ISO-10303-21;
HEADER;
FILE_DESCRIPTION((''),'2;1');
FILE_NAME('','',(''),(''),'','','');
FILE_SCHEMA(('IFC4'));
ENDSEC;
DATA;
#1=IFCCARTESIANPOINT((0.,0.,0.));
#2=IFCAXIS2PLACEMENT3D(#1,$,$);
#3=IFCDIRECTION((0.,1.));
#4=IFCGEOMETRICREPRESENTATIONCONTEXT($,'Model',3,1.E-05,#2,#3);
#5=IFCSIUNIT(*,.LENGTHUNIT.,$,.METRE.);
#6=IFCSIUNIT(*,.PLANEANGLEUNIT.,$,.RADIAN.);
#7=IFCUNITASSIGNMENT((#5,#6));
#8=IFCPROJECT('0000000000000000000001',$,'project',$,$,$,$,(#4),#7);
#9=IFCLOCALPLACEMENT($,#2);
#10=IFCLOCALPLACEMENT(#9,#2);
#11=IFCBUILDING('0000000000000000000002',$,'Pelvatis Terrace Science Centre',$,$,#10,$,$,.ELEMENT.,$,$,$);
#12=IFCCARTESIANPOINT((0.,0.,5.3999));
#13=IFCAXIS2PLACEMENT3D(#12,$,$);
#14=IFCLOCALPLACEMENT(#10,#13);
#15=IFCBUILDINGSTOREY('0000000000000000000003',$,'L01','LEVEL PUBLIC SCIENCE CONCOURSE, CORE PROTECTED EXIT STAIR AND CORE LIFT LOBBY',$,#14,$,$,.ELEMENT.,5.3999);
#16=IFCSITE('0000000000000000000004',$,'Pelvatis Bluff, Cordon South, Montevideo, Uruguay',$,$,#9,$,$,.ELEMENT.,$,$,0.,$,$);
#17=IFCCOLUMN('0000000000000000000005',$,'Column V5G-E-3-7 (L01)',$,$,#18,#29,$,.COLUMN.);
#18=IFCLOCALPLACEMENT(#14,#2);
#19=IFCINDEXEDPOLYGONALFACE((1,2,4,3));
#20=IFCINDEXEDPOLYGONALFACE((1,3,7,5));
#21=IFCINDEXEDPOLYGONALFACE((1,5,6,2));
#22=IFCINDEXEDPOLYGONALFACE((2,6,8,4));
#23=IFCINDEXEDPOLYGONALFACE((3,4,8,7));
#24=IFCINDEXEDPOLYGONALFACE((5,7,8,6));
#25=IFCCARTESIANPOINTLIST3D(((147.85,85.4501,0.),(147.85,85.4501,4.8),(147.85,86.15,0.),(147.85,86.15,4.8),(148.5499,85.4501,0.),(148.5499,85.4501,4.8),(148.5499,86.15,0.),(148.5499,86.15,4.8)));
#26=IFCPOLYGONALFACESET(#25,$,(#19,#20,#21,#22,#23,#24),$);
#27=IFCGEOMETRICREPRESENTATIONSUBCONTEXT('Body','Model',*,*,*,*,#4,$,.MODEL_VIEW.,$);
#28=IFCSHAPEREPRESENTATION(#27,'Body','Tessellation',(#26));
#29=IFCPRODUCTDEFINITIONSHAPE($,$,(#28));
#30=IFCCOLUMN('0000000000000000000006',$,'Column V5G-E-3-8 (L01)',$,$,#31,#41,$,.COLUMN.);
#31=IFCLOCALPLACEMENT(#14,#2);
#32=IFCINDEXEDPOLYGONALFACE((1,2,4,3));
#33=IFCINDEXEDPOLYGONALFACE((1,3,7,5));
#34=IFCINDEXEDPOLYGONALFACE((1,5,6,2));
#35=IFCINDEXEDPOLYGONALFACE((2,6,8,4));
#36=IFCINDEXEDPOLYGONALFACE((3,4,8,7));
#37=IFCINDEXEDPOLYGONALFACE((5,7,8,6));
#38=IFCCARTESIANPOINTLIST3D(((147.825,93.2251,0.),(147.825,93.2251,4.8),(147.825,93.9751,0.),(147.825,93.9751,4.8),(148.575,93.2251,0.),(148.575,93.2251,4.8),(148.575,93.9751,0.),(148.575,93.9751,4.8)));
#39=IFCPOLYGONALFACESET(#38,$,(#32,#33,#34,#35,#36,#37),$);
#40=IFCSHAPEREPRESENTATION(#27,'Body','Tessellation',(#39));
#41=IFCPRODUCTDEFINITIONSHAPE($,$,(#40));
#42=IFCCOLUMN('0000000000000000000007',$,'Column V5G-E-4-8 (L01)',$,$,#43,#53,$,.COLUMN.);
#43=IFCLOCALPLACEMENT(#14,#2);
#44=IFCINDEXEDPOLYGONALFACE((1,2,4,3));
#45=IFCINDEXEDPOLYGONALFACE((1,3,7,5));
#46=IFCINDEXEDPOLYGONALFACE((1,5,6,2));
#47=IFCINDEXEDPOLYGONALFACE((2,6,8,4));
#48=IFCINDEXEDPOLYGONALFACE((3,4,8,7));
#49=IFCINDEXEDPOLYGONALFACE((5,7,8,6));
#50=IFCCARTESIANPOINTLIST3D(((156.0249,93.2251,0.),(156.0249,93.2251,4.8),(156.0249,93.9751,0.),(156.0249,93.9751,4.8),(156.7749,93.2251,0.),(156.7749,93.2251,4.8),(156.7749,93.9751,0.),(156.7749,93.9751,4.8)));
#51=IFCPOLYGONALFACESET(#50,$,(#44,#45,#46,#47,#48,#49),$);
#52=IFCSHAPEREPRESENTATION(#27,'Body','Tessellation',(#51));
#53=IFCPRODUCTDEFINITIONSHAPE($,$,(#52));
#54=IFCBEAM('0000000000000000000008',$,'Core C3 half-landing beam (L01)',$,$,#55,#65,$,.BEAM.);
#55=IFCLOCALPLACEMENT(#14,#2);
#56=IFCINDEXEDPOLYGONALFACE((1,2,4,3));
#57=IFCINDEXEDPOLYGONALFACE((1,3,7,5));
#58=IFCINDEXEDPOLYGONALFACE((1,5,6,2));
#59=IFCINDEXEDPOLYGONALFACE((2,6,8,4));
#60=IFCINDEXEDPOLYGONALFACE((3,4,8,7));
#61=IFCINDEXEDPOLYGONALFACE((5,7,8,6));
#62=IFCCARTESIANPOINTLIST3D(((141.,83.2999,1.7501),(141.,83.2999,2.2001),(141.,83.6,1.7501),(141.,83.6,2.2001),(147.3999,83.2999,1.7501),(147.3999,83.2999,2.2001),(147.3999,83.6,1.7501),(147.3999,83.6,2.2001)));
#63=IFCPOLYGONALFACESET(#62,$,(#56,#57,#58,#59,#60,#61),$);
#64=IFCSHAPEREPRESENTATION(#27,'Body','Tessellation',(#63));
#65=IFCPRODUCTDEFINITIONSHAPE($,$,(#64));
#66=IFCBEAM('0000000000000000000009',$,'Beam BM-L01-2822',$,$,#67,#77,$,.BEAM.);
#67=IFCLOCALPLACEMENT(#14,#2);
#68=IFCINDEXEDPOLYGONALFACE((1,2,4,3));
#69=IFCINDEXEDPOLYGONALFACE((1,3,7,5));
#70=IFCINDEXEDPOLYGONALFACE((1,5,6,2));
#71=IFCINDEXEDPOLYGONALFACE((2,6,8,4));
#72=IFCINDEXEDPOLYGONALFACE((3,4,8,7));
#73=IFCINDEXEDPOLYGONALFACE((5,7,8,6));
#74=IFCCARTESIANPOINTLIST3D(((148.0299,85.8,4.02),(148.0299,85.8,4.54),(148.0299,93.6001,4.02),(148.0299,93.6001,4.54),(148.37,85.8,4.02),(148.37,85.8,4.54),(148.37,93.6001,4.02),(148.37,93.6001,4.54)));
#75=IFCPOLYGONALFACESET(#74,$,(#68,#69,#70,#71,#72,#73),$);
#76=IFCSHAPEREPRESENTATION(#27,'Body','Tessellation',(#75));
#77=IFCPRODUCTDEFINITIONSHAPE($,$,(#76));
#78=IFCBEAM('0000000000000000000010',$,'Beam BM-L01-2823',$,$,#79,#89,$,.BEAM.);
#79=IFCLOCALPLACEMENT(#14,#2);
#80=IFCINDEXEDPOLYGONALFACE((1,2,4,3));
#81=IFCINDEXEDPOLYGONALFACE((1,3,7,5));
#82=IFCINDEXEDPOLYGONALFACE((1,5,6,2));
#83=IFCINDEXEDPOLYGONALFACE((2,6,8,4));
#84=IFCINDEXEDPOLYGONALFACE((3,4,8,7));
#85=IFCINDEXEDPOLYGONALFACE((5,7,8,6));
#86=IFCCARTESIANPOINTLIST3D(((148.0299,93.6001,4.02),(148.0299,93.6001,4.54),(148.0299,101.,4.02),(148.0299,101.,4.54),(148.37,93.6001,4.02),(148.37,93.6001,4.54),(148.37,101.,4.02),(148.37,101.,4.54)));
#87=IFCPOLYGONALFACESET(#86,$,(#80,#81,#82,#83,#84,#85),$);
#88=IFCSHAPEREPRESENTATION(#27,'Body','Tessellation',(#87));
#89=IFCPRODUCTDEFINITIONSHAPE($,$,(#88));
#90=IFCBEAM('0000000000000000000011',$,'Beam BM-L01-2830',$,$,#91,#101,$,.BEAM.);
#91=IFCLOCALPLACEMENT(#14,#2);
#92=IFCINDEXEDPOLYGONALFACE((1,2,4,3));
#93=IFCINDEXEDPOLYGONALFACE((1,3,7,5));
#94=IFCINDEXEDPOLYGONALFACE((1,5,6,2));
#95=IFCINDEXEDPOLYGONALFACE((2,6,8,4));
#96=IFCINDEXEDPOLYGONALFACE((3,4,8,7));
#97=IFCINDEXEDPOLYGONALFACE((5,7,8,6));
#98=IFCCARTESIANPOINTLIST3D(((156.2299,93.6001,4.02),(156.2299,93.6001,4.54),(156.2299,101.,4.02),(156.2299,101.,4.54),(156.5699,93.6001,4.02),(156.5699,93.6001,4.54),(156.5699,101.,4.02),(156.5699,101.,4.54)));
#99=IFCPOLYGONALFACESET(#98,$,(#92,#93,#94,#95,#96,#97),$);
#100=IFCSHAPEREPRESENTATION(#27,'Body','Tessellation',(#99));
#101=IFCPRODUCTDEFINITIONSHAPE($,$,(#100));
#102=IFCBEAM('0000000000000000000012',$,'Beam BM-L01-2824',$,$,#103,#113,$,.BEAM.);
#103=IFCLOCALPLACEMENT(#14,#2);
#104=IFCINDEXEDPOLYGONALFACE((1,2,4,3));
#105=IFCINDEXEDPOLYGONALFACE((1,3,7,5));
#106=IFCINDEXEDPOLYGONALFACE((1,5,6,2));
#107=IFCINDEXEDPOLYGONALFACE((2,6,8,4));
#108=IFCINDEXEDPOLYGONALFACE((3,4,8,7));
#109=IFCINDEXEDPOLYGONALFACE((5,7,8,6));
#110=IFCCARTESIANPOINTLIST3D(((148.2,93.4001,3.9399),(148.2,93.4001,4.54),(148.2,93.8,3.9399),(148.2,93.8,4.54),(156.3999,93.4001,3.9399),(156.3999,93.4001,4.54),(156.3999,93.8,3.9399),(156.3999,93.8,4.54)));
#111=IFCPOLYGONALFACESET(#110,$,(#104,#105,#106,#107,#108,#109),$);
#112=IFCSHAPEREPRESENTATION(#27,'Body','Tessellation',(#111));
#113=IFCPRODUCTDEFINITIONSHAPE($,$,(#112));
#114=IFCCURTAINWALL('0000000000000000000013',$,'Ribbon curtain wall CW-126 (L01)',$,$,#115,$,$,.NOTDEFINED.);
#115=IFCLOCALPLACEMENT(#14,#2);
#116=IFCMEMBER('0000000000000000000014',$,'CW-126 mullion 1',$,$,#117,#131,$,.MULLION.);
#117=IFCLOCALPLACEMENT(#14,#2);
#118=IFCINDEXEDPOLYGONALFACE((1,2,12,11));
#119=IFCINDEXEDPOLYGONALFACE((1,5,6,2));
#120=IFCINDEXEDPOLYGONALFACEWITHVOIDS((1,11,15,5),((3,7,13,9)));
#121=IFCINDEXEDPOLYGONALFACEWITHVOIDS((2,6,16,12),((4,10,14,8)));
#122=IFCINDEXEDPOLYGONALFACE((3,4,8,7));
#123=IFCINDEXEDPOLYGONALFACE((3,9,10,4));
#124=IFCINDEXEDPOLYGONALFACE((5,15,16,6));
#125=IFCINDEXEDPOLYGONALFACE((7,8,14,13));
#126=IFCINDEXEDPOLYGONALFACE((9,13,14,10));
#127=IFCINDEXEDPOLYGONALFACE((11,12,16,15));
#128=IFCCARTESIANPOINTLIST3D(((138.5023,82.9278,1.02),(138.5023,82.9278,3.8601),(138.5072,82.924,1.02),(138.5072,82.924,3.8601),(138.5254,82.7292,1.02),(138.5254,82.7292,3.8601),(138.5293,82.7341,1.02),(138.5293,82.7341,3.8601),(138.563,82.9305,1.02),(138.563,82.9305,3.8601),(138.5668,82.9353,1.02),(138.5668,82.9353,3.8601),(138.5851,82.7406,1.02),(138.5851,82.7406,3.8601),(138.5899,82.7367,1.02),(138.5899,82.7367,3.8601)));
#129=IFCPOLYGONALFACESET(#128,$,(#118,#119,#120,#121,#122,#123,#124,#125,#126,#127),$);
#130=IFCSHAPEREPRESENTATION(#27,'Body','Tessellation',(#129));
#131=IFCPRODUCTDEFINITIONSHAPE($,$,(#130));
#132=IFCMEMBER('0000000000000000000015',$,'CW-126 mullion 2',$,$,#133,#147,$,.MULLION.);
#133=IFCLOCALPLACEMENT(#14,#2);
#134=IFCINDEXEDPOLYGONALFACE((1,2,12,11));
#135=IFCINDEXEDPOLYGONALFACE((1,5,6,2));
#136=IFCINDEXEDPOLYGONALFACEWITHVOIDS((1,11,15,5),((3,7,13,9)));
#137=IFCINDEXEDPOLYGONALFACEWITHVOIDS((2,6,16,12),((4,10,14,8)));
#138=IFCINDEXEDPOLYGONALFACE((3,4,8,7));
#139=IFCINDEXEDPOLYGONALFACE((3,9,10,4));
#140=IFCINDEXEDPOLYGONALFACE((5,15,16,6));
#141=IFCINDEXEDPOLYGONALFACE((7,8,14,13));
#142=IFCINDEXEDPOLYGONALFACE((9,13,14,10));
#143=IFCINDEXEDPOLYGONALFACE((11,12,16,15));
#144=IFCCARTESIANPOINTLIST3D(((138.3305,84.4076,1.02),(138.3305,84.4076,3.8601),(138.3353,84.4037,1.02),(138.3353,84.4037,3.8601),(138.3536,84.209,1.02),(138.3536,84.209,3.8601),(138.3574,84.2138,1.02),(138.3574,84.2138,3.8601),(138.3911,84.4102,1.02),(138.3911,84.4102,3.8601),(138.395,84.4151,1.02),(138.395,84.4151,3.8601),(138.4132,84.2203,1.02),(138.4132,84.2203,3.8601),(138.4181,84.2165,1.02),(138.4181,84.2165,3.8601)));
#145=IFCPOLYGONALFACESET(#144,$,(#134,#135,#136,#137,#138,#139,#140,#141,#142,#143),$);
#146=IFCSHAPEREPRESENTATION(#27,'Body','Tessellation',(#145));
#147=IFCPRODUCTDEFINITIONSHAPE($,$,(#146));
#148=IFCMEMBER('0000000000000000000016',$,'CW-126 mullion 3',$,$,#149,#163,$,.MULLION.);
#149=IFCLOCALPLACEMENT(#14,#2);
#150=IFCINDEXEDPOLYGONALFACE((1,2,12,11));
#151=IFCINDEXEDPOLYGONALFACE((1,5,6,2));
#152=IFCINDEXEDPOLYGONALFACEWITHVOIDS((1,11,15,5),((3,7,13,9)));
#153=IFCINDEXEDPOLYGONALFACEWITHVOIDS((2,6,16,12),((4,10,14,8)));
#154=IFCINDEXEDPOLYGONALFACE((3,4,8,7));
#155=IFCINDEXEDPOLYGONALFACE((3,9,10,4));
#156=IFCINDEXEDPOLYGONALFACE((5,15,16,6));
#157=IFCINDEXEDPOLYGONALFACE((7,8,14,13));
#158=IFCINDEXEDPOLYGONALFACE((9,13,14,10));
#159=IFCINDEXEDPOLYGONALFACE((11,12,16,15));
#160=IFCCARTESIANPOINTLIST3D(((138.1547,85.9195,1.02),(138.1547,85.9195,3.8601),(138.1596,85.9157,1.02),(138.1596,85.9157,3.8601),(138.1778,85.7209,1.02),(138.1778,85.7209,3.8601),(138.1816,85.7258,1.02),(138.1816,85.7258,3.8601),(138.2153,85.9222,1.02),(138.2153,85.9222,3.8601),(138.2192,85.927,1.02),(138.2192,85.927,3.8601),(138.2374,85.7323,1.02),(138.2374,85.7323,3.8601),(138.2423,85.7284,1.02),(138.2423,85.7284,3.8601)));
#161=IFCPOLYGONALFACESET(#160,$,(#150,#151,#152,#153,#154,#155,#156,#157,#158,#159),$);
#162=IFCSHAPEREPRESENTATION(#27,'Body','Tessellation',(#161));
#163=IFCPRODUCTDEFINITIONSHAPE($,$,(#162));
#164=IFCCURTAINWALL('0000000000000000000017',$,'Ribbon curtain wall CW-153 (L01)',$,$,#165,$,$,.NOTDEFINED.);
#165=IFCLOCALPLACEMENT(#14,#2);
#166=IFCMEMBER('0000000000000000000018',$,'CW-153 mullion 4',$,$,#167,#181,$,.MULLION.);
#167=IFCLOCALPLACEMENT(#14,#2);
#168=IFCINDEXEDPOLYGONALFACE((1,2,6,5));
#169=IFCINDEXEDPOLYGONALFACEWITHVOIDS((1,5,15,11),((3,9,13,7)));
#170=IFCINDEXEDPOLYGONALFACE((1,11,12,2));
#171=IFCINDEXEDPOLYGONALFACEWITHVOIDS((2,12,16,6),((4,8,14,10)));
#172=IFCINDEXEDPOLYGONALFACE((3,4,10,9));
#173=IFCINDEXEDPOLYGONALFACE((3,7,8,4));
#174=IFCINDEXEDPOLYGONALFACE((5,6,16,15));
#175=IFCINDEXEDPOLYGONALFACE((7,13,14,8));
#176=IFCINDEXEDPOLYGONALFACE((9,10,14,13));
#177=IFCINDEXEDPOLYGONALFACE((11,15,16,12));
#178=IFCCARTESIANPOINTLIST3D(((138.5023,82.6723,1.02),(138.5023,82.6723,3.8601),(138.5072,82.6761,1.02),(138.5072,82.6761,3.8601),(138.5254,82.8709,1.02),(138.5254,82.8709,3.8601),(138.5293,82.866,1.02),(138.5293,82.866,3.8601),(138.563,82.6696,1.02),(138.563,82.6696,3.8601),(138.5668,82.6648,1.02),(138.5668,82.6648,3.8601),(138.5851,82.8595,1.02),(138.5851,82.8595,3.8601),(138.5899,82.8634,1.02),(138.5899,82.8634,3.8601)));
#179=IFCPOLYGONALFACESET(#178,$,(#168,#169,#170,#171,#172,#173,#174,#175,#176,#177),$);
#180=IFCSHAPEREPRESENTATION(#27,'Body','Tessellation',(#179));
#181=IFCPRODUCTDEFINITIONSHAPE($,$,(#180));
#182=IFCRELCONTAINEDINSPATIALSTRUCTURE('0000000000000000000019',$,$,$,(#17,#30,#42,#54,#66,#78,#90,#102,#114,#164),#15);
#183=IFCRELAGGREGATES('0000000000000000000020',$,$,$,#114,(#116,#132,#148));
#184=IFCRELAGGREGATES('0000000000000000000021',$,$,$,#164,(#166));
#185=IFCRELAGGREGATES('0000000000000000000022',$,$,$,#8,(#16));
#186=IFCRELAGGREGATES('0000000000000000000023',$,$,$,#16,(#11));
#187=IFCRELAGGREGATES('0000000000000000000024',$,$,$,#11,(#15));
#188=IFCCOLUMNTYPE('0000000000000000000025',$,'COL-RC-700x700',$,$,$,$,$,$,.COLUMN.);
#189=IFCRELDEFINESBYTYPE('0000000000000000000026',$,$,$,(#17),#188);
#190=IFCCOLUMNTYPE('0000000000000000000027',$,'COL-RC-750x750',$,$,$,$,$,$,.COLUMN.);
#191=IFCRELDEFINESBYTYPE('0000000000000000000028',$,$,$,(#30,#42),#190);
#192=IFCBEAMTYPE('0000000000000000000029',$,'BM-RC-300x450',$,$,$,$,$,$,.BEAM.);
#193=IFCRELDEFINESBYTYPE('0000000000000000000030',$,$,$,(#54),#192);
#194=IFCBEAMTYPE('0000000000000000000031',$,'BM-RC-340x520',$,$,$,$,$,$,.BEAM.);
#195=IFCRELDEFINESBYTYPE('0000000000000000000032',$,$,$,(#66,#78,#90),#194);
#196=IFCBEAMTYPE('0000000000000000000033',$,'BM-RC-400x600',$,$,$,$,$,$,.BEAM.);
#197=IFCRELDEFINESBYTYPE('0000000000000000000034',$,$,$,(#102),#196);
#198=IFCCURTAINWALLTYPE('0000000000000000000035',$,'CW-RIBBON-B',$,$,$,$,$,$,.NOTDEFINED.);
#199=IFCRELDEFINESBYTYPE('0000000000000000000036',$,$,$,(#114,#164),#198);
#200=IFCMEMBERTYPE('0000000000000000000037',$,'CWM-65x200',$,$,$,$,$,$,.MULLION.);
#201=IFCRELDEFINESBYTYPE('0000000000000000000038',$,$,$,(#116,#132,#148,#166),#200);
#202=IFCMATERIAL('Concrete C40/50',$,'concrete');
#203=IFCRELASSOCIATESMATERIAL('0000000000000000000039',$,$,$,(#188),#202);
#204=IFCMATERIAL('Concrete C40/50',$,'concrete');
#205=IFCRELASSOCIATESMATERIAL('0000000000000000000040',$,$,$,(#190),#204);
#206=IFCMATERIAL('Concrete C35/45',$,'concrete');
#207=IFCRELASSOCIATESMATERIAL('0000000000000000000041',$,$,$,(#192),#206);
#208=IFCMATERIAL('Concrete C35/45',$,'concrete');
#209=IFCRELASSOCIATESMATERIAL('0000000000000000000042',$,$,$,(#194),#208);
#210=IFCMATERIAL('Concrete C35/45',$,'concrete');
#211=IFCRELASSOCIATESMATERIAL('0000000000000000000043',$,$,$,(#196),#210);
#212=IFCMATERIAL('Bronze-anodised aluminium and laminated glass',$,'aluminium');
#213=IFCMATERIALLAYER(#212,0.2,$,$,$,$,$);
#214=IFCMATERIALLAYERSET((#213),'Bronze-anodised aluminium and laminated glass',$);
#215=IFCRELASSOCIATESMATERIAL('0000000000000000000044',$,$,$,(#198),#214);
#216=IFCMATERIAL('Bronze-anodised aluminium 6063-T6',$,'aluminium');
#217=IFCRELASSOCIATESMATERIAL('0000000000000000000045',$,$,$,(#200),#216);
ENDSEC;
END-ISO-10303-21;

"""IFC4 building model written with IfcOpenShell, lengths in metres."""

from ifc_helpers import new_model, si_unit, direction, frame, origin, origin_2d, place, context, subcontext, project, spatial, rectangle, hollow_rectangle, extrude, material, layer, layer_set, material_profile, profile_set, type_object, element, aggregate, save


model = new_model("IFC4")

# Units and contexts
model_context = context("Model", 3, precision=1e-05, world=origin(), true_north=direction((0.0, 1.0)))
body_context = subcontext(model_context, "Body", "Model", "MODEL_VIEW")
ifc_project = project(units=[si_unit("LENGTHUNIT", "METRE"), si_unit("PLANEANGLEUNIT", "RADIAN")], contexts=[model_context])

# Site, building, storey
site_placement = place(None, origin())
site = spatial("IfcSite", under=ifc_project, at=site_placement, Name="Pelvatis Bluff, Cordon South, Montevideo, Uruguay", CompositionType="ELEMENT", RefElevation=0.0)
building_placement = place(site_placement, origin())
building = spatial("IfcBuilding", under=site, at=building_placement, Name="Pelvatis Terrace Science Centre", CompositionType="ELEMENT")
storey_placement = place(building_placement, frame((0.0, 0.0, 5.3999)))
storey = spatial("IfcBuildingStorey", under=building, at=storey_placement, Name="L01", Description="LEVEL PUBLIC SCIENCE CONCOURSE, CORE PROTECTED EXIT STAIR AND CORE LIFT LOBBY", CompositionType="ELEMENT", Elevation=5.3999)

# Columns
ifc_material_1 = material(Name="Concrete C40/50", Category="concrete")
ifc_material_profile_1 = material_profile(ifc_material_1, rectangle(XDim=0.7, YDim=0.7, at=origin_2d()), Name="RC-COL 700x700")
ifc_profile_set_1 = profile_set([ifc_material_profile_1], Name="Concrete C40/50")
column_type_1 = type_object("IfcColumnType", Name="COL-RC-700x700", PredefinedType="COLUMN", material=ifc_profile_set_1)
column_placement = place(storey_placement, frame((148.2, 85.8, 0.0), z_axis=(0.0, 0.0, 1.0), x_axis=(1.0, 0.0, 0.0)))
element("IfcColumn", 1, at=column_placement, inside=storey, type_object=column_type_1, Name="Column V5G-E-3-7 (L01)", PredefinedType="COLUMN", context=body_context, shape_type="SweptSolid", body=[
    extrude(rectangle(XDim=0.7, YDim=0.7, at=origin_2d()), origin(), (0.0, 0.0, 1.0), 4.8),
])
ifc_material_2 = material(Name="Concrete C40/50", Category="concrete")
ifc_material_profile_2 = material_profile(ifc_material_2, rectangle(XDim=0.75, YDim=0.75, at=origin_2d()), Name="RC-COL 750x750")
ifc_profile_set_2 = profile_set([ifc_material_profile_2], Name="Concrete C40/50")
column_type_2 = type_object("IfcColumnType", Name="COL-RC-750x750", PredefinedType="COLUMN", material=ifc_profile_set_2)
for number, where, z_axis, x_axis, name in (
    (2, (148.2, 93.6001, 0.0), (0.0, 0.0, 1.0), (1.0, 0.0, 0.0), "Column V5G-E-3-8 (L01)"),
    (3, (156.3999, 93.6001, 0.0), (0.0, 0.0, 1.0), (1.0, 0.0, 0.0), "Column V5G-E-4-8 (L01)"),
):
    element("IfcColumn", number, at=place(storey_placement, frame(where, z_axis=z_axis, x_axis=x_axis)), inside=storey, type_object=column_type_2, Name=name, PredefinedType="COLUMN", context=body_context, shape_type="SweptSolid", body=[
        extrude(rectangle(XDim=0.75, YDim=0.75, at=origin_2d()), origin(), (0.0, 0.0, 1.0), 4.8),
    ])

# Beams
ifc_material_3 = material(Name="Concrete C35/45", Category="concrete")
ifc_material_profile_3 = material_profile(ifc_material_3, rectangle(XDim=0.3, YDim=0.45, at=origin_2d()), Name="RC-BM 300x450")
ifc_profile_set_3 = profile_set([ifc_material_profile_3], Name="Concrete C35/45")
beam_type_1 = type_object("IfcBeamType", Name="BM-RC-300x450", PredefinedType="BEAM", material=ifc_profile_set_3)
beam_1_placement = place(storey_placement, frame((141.0, 83.45, 1.9751), z_axis=(1.0, 0.0, 0.0), x_axis=(0.0, 1.0, 0.0)))
element("IfcBeam", 4, at=beam_1_placement, inside=storey, type_object=beam_type_1, Name="Core C3 half-landing beam (L01)", PredefinedType="BEAM", context=body_context, shape_type="SweptSolid", body=[
    extrude(rectangle(XDim=0.3, YDim=0.45, at=origin_2d()), origin(), (0.0, 0.0, 1.0), 6.3999),
])
ifc_material_4 = material(Name="Concrete C35/45", Category="concrete")
ifc_material_profile_4 = material_profile(ifc_material_4, rectangle(XDim=0.3401, YDim=0.52, at=origin_2d()), Name="RC-BM 340x520")
ifc_profile_set_4 = profile_set([ifc_material_profile_4], Name="Concrete C35/45")
beam_type_2 = type_object("IfcBeamType", Name="BM-RC-340x520", PredefinedType="BEAM", material=ifc_profile_set_4)
beam_2_placement = place(storey_placement, frame((148.2, 85.8, 4.28), z_axis=(0.0, 1.0, 0.0), x_axis=(-1.0, 0.0, 0.0)))
element("IfcBeam", 5, at=beam_2_placement, inside=storey, type_object=beam_type_2, Name="Beam BM-L01-2822", PredefinedType="BEAM", context=body_context, shape_type="SweptSolid", body=[
    extrude(rectangle(XDim=0.3401, YDim=0.52, at=origin_2d()), origin(), (0.0, 0.0, 1.0), 7.8),
])
for number, where, z_axis, x_axis, name in (
    (6, (148.2, 93.6001, 4.28), (0.0, 1.0, 0.0), (-1.0, 0.0, 0.0), "Beam BM-L01-2823"),
    (7, (156.3999, 93.6001, 4.28), (0.0, 1.0, 0.0), (-1.0, 0.0, 0.0), "Beam BM-L01-2830"),
):
    element("IfcBeam", number, at=place(storey_placement, frame(where, z_axis=z_axis, x_axis=x_axis)), inside=storey, type_object=beam_type_2, Name=name, PredefinedType="BEAM", context=body_context, shape_type="SweptSolid", body=[
        extrude(rectangle(XDim=0.3401, YDim=0.52, at=origin_2d()), origin(), (0.0, 0.0, 1.0), 7.3999),
    ])
ifc_material_5 = material(Name="Concrete C35/45", Category="concrete")
ifc_material_profile_5 = material_profile(ifc_material_5, rectangle(XDim=0.3999, YDim=0.6001, at=origin_2d()), Name="RC-BM 400x600")
ifc_profile_set_5 = profile_set([ifc_material_profile_5], Name="Concrete C35/45")
beam_type_3 = type_object("IfcBeamType", Name="BM-RC-400x600", PredefinedType="BEAM", material=ifc_profile_set_5)
beam_3_placement = place(storey_placement, frame((148.2, 93.6001, 4.24), z_axis=(1.0, 0.0, 0.0), x_axis=(0.0, 1.0, 0.0)))
element("IfcBeam", 8, at=beam_3_placement, inside=storey, type_object=beam_type_3, Name="Beam BM-L01-2824", PredefinedType="BEAM", context=body_context, shape_type="SweptSolid", body=[
    extrude(rectangle(XDim=0.3999, YDim=0.6001, at=origin_2d()), origin(), (0.0, 0.0, 1.0), 8.2),
])

# Curtain wall, members
ifc_material_6 = material(Name="Bronze-anodised aluminium and laminated glass", Category="aluminium")
ifc_layer_1 = layer(ifc_material_6, 0.2)
ifc_layer_set_1 = layer_set([ifc_layer_1], Name="Bronze-anodised aluminium and laminated glass")
curtain_wall_type = type_object("IfcCurtainWallType", Name="CW-RIBBON-B", PredefinedType="NOTDEFINED", material=ifc_layer_set_1)
curtain_wall_1_placement = place(storey_placement, origin())
curtain_wall_1 = element("IfcCurtainWall", 9, at=curtain_wall_1_placement, inside=storey, type_object=curtain_wall_type, Name="Ribbon curtain wall CW-126 (L01)", PredefinedType="NOTDEFINED")
ifc_material_7 = material(Name="Bronze-anodised aluminium 6063-T6", Category="aluminium")
ifc_material_profile_6 = material_profile(ifc_material_7, hollow_rectangle(XDim=0.0649, YDim=0.2, WallThickness=0.0044, at=origin_2d()), Name="ALU-MUL 65x200")
ifc_profile_set_6 = profile_set([ifc_material_profile_6], Name="Bronze-anodised aluminium 6063-T6")
member_type_1 = type_object("IfcMemberType", Name="CWM-65x200", PredefinedType="MULLION", material=ifc_profile_set_6)
member_1_placement = place(storey_placement, frame((138.5461, 82.8323, 1.02), z_axis=(0.0, 0.0, 1.0), x_axis=(-0.993308, -0.115497, 0.0)))
member_1 = element("IfcMember", 10, at=member_1_placement, type_object=member_type_1, Name="CW-126 mullion 1", PredefinedType="MULLION", context=body_context, shape_type="SweptSolid", body=[
    extrude(hollow_rectangle(XDim=0.0649, YDim=0.2, WallThickness=0.0044, at=origin_2d()), origin(), (0.0, 0.0, 1.0), 2.8401),
])
member_2_placement = place(storey_placement, frame((138.3743, 84.312, 1.02), z_axis=(0.0, 0.0, 1.0), x_axis=(-0.993308, -0.115497, 0.0)))
member_2 = element("IfcMember", 11, at=member_2_placement, type_object=member_type_1, Name="CW-126 mullion 2", PredefinedType="MULLION", context=body_context, shape_type="SweptSolid", body=[
    extrude(hollow_rectangle(XDim=0.0649, YDim=0.2, WallThickness=0.0044, at=origin_2d()), origin(), (0.0, 0.0, 1.0), 2.8401),
])
member_3_placement = place(storey_placement, frame((138.1985, 85.824, 1.02), z_axis=(0.0, 0.0, 1.0), x_axis=(-0.993308, -0.115497, 0.0)))
member_3 = element("IfcMember", 12, at=member_3_placement, type_object=member_type_1, Name="CW-126 mullion 3", PredefinedType="MULLION", context=body_context, shape_type="SweptSolid", body=[
    extrude(hollow_rectangle(XDim=0.0649, YDim=0.2, WallThickness=0.0044, at=origin_2d()), origin(), (0.0, 0.0, 1.0), 2.8401),
])

# Curtain wall, member
curtain_wall_2_placement = place(storey_placement, origin())
curtain_wall_2 = element("IfcCurtainWall", 13, at=curtain_wall_2_placement, inside=storey, type_object=curtain_wall_type, Name="Ribbon curtain wall CW-153 (L01)", PredefinedType="NOTDEFINED")
member_4_placement = place(storey_placement, frame((138.5461, 82.7678, 1.02), z_axis=(0.0, 0.0, 1.0), x_axis=(-0.993308, 0.115497, 0.0)))
member_4 = element("IfcMember", 14, at=member_4_placement, type_object=member_type_1, Name="CW-153 mullion 4", PredefinedType="MULLION", context=body_context, shape_type="SweptSolid", body=[
    extrude(hollow_rectangle(XDim=0.0649, YDim=0.2, WallThickness=0.0044, at=origin_2d()), origin(), (0.0, 0.0, 1.0), 2.8401),
])

aggregate(curtain_wall_1, [member_1, member_2, member_3])
aggregate(curtain_wall_2, [member_4])

save(model, "model.ifc")
